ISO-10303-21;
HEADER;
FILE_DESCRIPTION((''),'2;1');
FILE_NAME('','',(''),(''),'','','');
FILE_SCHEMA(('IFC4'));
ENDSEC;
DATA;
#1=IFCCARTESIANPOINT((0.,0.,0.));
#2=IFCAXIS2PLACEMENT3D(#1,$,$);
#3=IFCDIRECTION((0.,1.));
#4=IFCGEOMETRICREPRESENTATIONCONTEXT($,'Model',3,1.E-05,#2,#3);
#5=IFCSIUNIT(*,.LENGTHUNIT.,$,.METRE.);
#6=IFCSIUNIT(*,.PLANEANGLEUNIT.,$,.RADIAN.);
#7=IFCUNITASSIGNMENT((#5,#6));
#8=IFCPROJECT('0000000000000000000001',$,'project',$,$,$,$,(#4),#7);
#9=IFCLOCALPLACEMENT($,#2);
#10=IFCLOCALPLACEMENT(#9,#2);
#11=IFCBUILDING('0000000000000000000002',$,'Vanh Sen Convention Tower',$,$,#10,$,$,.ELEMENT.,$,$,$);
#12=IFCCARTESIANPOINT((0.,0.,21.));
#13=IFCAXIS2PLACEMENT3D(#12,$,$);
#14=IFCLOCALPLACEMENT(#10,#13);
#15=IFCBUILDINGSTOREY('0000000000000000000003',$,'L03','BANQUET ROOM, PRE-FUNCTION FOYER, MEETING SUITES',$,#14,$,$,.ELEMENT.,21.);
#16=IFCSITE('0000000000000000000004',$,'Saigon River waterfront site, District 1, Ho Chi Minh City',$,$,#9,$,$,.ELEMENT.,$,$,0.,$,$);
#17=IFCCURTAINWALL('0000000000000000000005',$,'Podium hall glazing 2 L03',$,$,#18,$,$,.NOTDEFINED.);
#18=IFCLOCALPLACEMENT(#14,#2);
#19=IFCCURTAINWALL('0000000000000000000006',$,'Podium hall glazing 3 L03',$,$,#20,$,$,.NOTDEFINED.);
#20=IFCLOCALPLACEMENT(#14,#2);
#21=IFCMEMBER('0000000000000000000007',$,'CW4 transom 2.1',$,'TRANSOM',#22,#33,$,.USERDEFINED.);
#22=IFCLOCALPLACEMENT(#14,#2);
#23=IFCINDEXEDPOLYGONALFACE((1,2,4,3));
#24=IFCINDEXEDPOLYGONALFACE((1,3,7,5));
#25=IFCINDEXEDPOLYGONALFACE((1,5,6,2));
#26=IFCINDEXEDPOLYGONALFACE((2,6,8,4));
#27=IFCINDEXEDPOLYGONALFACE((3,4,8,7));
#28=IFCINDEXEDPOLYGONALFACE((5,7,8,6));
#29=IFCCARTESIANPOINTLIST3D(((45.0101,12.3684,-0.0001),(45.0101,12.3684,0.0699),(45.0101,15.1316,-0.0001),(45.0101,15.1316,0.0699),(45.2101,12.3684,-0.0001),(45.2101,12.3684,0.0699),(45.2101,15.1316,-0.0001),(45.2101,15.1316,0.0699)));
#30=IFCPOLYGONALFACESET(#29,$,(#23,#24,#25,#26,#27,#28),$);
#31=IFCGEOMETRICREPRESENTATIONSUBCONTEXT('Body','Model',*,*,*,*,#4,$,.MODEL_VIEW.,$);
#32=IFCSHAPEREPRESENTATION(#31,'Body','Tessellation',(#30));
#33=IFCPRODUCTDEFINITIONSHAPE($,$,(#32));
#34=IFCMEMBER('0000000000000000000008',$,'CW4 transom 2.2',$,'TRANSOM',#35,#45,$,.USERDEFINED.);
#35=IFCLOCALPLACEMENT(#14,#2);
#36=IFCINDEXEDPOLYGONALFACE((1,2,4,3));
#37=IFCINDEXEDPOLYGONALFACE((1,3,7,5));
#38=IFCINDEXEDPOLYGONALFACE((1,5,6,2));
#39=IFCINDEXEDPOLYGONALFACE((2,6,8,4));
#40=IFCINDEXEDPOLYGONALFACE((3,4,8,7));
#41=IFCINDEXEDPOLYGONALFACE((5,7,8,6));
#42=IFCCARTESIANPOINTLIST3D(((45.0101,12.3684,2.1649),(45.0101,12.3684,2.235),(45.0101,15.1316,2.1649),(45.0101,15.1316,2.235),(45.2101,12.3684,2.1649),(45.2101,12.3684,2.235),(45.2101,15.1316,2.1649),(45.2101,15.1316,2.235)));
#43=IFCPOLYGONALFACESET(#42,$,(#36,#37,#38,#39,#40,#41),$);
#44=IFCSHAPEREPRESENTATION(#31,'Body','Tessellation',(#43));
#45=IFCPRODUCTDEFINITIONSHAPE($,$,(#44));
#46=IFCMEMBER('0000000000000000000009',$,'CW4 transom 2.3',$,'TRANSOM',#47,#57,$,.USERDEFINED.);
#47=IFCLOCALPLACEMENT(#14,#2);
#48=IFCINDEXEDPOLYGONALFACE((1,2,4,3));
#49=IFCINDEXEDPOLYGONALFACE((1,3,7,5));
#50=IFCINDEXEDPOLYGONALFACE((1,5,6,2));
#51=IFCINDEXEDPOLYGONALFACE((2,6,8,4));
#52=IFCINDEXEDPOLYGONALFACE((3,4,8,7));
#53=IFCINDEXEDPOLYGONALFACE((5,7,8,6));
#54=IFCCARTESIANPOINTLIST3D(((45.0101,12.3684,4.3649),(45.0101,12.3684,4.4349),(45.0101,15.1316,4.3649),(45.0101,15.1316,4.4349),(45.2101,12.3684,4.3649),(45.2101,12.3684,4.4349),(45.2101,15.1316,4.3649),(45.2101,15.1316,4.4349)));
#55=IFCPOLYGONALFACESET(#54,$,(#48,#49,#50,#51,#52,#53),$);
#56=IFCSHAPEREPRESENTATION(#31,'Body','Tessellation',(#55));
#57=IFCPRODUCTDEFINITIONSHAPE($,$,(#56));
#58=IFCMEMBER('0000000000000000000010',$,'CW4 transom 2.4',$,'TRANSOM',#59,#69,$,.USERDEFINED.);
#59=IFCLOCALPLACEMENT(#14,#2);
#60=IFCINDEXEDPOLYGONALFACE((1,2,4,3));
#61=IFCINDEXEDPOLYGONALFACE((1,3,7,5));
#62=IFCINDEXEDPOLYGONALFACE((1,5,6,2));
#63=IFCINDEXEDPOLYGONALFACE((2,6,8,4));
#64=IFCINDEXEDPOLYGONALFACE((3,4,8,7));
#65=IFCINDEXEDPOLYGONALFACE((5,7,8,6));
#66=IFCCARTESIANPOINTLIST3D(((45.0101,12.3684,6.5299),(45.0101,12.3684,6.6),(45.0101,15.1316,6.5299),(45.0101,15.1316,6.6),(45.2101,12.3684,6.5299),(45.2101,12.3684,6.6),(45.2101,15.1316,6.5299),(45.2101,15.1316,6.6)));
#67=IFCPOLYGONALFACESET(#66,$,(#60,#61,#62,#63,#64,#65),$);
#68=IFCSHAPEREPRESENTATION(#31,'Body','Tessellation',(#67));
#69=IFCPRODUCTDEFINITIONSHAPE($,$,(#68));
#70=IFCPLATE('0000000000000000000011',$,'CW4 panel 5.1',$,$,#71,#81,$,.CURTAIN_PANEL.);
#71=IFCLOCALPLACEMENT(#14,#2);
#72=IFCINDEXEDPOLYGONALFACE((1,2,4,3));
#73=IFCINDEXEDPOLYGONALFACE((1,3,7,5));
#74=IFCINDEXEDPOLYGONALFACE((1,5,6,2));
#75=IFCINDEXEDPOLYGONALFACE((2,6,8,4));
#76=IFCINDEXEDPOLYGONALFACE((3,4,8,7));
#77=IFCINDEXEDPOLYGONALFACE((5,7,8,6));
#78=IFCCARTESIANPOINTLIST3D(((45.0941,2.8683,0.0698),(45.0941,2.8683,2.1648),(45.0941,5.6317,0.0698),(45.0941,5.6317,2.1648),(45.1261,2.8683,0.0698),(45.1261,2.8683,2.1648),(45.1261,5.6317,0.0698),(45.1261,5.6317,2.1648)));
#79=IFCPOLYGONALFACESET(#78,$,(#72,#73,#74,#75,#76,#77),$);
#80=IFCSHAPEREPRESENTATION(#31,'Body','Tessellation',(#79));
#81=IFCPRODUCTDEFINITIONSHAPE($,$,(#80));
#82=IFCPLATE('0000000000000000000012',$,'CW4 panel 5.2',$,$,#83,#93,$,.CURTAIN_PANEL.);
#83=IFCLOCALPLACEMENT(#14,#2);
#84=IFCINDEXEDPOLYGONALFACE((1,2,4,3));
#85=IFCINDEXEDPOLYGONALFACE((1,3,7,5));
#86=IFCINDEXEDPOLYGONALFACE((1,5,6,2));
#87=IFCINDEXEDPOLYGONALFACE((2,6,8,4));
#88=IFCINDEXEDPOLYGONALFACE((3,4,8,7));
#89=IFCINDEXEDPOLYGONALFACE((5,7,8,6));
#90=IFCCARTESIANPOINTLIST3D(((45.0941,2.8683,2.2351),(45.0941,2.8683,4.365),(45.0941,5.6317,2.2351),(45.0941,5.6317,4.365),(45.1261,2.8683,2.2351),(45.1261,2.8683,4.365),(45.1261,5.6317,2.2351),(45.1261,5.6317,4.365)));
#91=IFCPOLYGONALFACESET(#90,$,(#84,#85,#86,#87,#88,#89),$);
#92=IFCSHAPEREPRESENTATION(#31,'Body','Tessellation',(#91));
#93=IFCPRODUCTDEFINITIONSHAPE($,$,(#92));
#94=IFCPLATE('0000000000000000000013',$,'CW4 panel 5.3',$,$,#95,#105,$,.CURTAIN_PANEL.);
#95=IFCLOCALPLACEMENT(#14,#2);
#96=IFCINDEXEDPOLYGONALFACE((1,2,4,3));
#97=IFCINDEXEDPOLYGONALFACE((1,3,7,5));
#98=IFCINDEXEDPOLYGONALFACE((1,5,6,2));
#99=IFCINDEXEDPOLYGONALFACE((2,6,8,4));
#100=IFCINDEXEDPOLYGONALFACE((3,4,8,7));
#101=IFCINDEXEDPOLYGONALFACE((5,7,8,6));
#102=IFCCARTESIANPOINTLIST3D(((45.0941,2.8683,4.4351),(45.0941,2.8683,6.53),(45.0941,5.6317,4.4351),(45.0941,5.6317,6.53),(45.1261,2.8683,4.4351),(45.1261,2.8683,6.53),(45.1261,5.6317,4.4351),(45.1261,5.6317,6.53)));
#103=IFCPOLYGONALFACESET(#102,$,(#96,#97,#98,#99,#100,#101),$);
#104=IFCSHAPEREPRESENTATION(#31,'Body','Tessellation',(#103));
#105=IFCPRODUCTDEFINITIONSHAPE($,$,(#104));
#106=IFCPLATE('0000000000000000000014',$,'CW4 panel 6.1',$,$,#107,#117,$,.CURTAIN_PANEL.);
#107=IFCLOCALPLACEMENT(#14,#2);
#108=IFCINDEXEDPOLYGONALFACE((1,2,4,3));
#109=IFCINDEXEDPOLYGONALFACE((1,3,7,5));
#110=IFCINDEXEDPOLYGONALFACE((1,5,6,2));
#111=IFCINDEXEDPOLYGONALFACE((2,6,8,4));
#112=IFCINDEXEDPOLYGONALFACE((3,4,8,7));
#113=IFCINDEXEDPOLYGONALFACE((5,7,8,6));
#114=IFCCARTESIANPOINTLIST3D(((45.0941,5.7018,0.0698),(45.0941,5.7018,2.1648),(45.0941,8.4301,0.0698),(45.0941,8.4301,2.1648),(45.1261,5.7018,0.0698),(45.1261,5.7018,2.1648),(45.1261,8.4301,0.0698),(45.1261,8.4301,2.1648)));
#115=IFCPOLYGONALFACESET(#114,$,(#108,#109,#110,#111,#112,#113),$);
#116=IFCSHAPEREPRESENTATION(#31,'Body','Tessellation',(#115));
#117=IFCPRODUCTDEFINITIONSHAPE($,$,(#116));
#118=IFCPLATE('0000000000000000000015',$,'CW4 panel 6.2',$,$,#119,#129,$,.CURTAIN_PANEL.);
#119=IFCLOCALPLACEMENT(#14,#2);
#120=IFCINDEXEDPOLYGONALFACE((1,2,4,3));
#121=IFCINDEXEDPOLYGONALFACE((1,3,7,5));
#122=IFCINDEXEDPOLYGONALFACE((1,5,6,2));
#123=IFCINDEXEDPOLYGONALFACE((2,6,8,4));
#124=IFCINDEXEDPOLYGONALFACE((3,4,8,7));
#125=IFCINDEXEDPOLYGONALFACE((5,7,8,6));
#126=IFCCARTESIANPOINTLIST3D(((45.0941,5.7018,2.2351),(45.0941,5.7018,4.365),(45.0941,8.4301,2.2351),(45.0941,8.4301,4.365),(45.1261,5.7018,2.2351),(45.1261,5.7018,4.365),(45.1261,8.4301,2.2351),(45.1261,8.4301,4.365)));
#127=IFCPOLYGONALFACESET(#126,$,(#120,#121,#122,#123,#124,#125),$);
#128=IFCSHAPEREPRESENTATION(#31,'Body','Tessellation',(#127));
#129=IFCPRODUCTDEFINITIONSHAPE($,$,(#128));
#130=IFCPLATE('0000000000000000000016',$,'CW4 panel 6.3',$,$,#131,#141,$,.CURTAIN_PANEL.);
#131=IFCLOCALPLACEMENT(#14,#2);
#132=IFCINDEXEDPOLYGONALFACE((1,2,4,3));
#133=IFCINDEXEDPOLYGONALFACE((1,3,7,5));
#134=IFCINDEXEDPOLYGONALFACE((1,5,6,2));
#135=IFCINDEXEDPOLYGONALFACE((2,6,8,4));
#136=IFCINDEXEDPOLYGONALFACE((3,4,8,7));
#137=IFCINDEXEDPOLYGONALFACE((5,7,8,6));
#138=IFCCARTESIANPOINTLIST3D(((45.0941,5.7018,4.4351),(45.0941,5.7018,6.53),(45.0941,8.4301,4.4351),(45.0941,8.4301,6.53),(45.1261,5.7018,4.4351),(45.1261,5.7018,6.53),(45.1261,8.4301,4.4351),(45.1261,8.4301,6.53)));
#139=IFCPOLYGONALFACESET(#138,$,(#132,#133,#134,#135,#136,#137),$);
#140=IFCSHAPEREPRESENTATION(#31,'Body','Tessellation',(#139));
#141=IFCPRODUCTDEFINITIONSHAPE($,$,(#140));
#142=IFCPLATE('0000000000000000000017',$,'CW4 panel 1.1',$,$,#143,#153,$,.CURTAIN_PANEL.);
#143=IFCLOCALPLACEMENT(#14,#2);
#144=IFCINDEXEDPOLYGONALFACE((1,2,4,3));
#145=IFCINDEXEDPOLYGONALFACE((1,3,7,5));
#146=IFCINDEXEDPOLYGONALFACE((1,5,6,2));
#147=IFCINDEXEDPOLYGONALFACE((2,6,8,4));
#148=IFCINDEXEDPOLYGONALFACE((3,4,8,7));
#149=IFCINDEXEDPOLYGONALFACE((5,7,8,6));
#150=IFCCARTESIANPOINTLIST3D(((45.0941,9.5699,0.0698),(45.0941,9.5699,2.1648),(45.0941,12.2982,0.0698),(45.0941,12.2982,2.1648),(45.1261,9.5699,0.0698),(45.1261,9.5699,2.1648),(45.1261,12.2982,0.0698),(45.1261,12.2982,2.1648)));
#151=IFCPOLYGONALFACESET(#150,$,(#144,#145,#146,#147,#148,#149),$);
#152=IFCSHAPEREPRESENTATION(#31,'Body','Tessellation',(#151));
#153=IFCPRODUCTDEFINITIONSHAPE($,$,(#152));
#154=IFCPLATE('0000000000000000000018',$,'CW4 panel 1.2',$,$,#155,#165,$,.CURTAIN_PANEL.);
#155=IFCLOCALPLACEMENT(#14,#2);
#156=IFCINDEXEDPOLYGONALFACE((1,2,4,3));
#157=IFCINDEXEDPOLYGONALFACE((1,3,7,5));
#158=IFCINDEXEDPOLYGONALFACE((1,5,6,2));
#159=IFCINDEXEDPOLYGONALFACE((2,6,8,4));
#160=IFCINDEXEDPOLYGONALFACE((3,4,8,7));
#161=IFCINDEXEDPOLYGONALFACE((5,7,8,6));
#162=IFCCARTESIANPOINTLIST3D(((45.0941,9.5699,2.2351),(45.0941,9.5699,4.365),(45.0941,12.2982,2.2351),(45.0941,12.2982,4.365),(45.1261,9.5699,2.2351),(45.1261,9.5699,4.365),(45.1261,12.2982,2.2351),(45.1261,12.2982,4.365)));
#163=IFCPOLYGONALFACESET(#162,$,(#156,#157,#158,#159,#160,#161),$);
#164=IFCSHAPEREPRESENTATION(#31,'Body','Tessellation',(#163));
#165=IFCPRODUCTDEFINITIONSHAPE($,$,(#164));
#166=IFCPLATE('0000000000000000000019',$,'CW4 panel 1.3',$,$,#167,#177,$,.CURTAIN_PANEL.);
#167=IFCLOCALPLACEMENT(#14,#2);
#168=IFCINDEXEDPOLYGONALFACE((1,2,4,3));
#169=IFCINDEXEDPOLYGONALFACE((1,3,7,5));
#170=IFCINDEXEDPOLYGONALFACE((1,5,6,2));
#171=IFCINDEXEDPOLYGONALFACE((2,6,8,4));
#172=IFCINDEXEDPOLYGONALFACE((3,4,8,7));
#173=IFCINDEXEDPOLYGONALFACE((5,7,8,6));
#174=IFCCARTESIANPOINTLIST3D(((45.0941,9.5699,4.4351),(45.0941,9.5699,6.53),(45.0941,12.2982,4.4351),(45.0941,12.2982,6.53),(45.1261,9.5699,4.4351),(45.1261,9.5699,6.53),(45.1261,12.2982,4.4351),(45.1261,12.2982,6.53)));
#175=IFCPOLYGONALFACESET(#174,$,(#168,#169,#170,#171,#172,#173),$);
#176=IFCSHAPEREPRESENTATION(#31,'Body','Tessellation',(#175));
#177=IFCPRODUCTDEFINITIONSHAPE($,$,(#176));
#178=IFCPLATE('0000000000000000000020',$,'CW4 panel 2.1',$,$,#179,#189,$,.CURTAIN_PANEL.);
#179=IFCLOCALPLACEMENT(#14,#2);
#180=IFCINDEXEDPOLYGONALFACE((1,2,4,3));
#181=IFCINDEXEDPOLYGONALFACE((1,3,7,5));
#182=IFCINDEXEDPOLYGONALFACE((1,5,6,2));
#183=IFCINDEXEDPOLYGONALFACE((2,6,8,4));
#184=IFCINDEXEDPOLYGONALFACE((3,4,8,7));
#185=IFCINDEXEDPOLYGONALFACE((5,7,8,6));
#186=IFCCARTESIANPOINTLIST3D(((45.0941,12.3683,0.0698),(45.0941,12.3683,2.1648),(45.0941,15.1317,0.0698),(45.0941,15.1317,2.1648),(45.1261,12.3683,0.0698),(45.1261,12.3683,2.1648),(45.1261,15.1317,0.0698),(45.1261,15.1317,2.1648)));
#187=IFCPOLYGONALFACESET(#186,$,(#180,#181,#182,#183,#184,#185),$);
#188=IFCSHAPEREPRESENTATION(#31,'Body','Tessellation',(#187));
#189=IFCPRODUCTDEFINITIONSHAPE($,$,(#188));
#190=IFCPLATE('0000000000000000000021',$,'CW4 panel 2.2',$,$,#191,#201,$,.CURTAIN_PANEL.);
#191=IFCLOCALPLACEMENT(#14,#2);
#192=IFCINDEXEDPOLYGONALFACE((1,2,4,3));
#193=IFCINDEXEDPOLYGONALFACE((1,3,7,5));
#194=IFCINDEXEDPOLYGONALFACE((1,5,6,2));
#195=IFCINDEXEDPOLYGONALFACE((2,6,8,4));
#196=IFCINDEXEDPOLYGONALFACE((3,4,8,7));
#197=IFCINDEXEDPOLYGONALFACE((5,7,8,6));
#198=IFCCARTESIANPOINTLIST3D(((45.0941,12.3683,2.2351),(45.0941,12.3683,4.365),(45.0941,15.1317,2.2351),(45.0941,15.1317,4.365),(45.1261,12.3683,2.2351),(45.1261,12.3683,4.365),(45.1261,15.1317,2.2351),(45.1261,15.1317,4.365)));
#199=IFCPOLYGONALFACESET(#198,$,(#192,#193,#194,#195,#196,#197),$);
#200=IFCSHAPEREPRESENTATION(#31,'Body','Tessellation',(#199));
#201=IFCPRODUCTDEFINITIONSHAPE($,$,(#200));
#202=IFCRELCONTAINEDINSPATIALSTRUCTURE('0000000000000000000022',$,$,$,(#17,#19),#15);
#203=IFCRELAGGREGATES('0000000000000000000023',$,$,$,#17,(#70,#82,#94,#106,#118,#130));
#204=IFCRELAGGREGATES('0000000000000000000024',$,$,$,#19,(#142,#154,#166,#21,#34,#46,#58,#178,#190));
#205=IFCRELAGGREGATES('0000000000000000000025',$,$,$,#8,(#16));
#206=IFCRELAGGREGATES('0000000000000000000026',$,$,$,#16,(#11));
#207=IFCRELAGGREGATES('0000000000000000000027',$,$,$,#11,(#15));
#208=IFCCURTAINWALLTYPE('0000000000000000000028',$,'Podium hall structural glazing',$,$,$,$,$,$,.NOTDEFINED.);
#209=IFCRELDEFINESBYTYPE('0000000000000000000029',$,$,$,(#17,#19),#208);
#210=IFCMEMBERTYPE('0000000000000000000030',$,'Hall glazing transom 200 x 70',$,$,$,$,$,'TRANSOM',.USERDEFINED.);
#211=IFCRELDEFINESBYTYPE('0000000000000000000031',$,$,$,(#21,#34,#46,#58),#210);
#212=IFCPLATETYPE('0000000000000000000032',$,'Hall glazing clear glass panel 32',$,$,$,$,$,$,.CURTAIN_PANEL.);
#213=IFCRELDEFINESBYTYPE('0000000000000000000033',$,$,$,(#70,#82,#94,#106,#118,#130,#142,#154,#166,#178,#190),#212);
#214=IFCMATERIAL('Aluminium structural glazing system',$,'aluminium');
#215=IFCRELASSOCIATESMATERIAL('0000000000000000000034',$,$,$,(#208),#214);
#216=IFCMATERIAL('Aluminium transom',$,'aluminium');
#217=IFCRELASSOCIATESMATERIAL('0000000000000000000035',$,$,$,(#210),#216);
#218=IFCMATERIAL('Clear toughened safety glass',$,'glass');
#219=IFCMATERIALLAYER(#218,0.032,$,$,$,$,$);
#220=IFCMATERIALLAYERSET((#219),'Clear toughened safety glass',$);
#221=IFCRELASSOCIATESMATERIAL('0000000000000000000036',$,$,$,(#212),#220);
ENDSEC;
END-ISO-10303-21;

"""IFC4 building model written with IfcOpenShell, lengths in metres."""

from ifc_helpers import new_model, si_unit, direction, frame, origin, origin_2d, place, context, subcontext, project, spatial, rectangle, extrude, material, layer, layer_set, material_profile, profile_set, type_object, element, aggregate, save


model = new_model("IFC4")

# Units and contexts
model_context = context("Model", 3, precision=1e-05, world=origin(), true_north=direction((0.0, 1.0)))
body_context = subcontext(model_context, "Body", "Model", "MODEL_VIEW")
ifc_project = project(units=[si_unit("LENGTHUNIT", "METRE"), si_unit("PLANEANGLEUNIT", "RADIAN")], contexts=[model_context])

# Site, building, storey
site_placement = place(None, origin())
site = spatial("IfcSite", under=ifc_project, at=site_placement, Name="Saigon River waterfront site, District 1, Ho Chi Minh City", CompositionType="ELEMENT", RefElevation=0.0)
building_placement = place(site_placement, origin())
building = spatial("IfcBuilding", under=site, at=building_placement, Name="Vanh Sen Convention Tower", CompositionType="ELEMENT")
storey_placement = place(building_placement, frame((0.0, 0.0, 21.0)))
storey = spatial("IfcBuildingStorey", under=building, at=storey_placement, Name="L03", Description="BANQUET ROOM, PRE-FUNCTION FOYER, MEETING SUITES", CompositionType="ELEMENT", Elevation=21.0)

# Curtain walls
ifc_material_1 = material(Name="Aluminium structural glazing system", Category="aluminium")
curtain_wall_type = type_object("IfcCurtainWallType", Name="Podium hall structural glazing", PredefinedType="NOTDEFINED", material=ifc_material_1)
curtain_wall_1_placement = place(storey_placement, origin())
curtain_wall_1 = element("IfcCurtainWall", 1, at=curtain_wall_1_placement, inside=storey, type_object=curtain_wall_type, Name="Podium hall glazing 2 L03", PredefinedType="NOTDEFINED")
curtain_wall_2_placement = place(storey_placement, origin())
curtain_wall_2 = element("IfcCurtainWall", 2, at=curtain_wall_2_placement, inside=storey, type_object=curtain_wall_type, Name="Podium hall glazing 3 L03", PredefinedType="NOTDEFINED")

# Members
ifc_material_2 = material(Name="Aluminium transom", Category="aluminium")
ifc_material_profile_1 = material_profile(ifc_material_2, rectangle(XDim=0.2, YDim=0.0701, at=origin_2d()), Name="Hall glazing transom 200 x 70")
ifc_profile_set_1 = profile_set([ifc_material_profile_1], Name="Aluminium transom")
member_type_1 = type_object("IfcMemberType", Name="Hall glazing transom 200 x 70", ElementType="TRANSOM", PredefinedType="USERDEFINED", material=ifc_profile_set_1)
member_1_placement = place(storey_placement, frame((45.1101, 12.3684, 0.0349), z_axis=(0.0, 1.0, 0.0), x_axis=(-1.0, 0.0, 0.0)))
member_1 = element("IfcMember", 3, at=member_1_placement, type_object=member_type_1, Name="CW4 transom 2.1", ObjectType="TRANSOM", PredefinedType="USERDEFINED", context=body_context, shape_type="SweptSolid", body=[
    extrude(rectangle(XDim=0.2, YDim=0.0701, at=origin_2d()), origin(), (0.0, 0.0, 1.0), 2.7632),
])
member_2_placement = place(storey_placement, frame((45.1101, 12.3684, 2.2), z_axis=(0.0, 1.0, 0.0), x_axis=(-1.0, 0.0, 0.0)))
member_2 = element("IfcMember", 4, at=member_2_placement, type_object=member_type_1, Name="CW4 transom 2.2", ObjectType="TRANSOM", PredefinedType="USERDEFINED", context=body_context, shape_type="SweptSolid", body=[
    extrude(rectangle(XDim=0.2, YDim=0.0701, at=origin_2d()), origin(), (0.0, 0.0, 1.0), 2.7632),
])
member_3_placement = place(storey_placement, frame((45.1101, 12.3684, 4.3999), z_axis=(0.0, 1.0, 0.0), x_axis=(-1.0, 0.0, 0.0)))
member_3 = element("IfcMember", 5, at=member_3_placement, type_object=member_type_1, Name="CW4 transom 2.3", ObjectType="TRANSOM", PredefinedType="USERDEFINED", context=body_context, shape_type="SweptSolid", body=[
    extrude(rectangle(XDim=0.2, YDim=0.0701, at=origin_2d()), origin(), (0.0, 0.0, 1.0), 2.7632),
])
member_4_placement = place(storey_placement, frame((45.1101, 12.3684, 6.5649), z_axis=(0.0, 1.0, 0.0), x_axis=(-1.0, 0.0, 0.0)))
member_4 = element("IfcMember", 6, at=member_4_placement, type_object=member_type_1, Name="CW4 transom 2.4", ObjectType="TRANSOM", PredefinedType="USERDEFINED", context=body_context, shape_type="SweptSolid", body=[
    extrude(rectangle(XDim=0.2, YDim=0.0701, at=origin_2d()), origin(), (0.0, 0.0, 1.0), 2.7632),
])

# Plates
ifc_material_3 = material(Name="Clear toughened safety glass", Category="glass")
ifc_layer = layer(ifc_material_3, 0.032)
ifc_layer_set = layer_set([ifc_layer], Name="Clear toughened safety glass")
plate_type = type_object("IfcPlateType", Name="Hall glazing clear glass panel 32", PredefinedType="CURTAIN_PANEL", material=ifc_layer_set)
plate_1_placement = place(storey_placement, frame((45.1101, 4.25, 0.0698), z_axis=(0.0, 0.0, 1.0), x_axis=(0.0, 1.0, 0.0)))
plate_1 = element("IfcPlate", 7, at=plate_1_placement, type_object=plate_type, Name="CW4 panel 5.1", PredefinedType="CURTAIN_PANEL", context=body_context, shape_type="SweptSolid", body=[
    extrude(rectangle(XDim=2.7634, YDim=0.032, at=origin_2d()), origin(), (0.0, 0.0, 1.0), 2.095),
])
plate_2_placement = place(storey_placement, frame((45.1101, 4.25, 2.2351), z_axis=(0.0, 0.0, 1.0), x_axis=(0.0, 1.0, 0.0)))
plate_2 = element("IfcPlate", 8, at=plate_2_placement, type_object=plate_type, Name="CW4 panel 5.2", PredefinedType="CURTAIN_PANEL", context=body_context, shape_type="SweptSolid", body=[
    extrude(rectangle(XDim=2.7634, YDim=0.032, at=origin_2d()), origin(), (0.0, 0.0, 1.0), 2.1299),
])
plate_3_placement = place(storey_placement, frame((45.1101, 4.25, 4.4351), z_axis=(0.0, 0.0, 1.0), x_axis=(0.0, 1.0, 0.0)))
plate_3 = element("IfcPlate", 9, at=plate_3_placement, type_object=plate_type, Name="CW4 panel 5.3", PredefinedType="CURTAIN_PANEL", context=body_context, shape_type="SweptSolid", body=[
    extrude(rectangle(XDim=2.7634, YDim=0.032, at=origin_2d()), origin(), (0.0, 0.0, 1.0), 2.095),
])
plate_4_placement = place(storey_placement, frame((45.1101, 7.0659, 0.0698), z_axis=(0.0, 0.0, 1.0), x_axis=(0.0, 1.0, 0.0)))
plate_4 = element("IfcPlate", 10, at=plate_4_placement, type_object=plate_type, Name="CW4 panel 6.1", PredefinedType="CURTAIN_PANEL", context=body_context, shape_type="SweptSolid", body=[
    extrude(rectangle(XDim=2.7283, YDim=0.032, at=origin_2d()), origin(), (0.0, 0.0, 1.0), 2.095),
])
plate_5_placement = place(storey_placement, frame((45.1101, 7.0659, 2.2351), z_axis=(0.0, 0.0, 1.0), x_axis=(0.0, 1.0, 0.0)))
plate_5 = element("IfcPlate", 11, at=plate_5_placement, type_object=plate_type, Name="CW4 panel 6.2", PredefinedType="CURTAIN_PANEL", context=body_context, shape_type="SweptSolid", body=[
    extrude(rectangle(XDim=2.7283, YDim=0.032, at=origin_2d()), origin(), (0.0, 0.0, 1.0), 2.1299),
])
plate_6_placement = place(storey_placement, frame((45.1101, 7.0659, 4.4351), z_axis=(0.0, 0.0, 1.0), x_axis=(0.0, 1.0, 0.0)))
plate_6 = element("IfcPlate", 12, at=plate_6_placement, type_object=plate_type, Name="CW4 panel 6.3", PredefinedType="CURTAIN_PANEL", context=body_context, shape_type="SweptSolid", body=[
    extrude(rectangle(XDim=2.7283, YDim=0.032, at=origin_2d()), origin(), (0.0, 0.0, 1.0), 2.095),
])
aggregate(curtain_wall_1, [plate_1, plate_2, plate_3, plate_4, plate_5, plate_6])
plate_7_placement = place(storey_placement, frame((45.1101, 10.9341, 0.0698), z_axis=(0.0, 0.0, 1.0), x_axis=(0.0, 1.0, 0.0)))
plate_7 = element("IfcPlate", 13, at=plate_7_placement, type_object=plate_type, Name="CW4 panel 1.1", PredefinedType="CURTAIN_PANEL", context=body_context, shape_type="SweptSolid", body=[
    extrude(rectangle(XDim=2.7283, YDim=0.032, at=origin_2d()), origin(), (0.0, 0.0, 1.0), 2.095),
])
plate_8_placement = place(storey_placement, frame((45.1101, 10.9341, 2.2351), z_axis=(0.0, 0.0, 1.0), x_axis=(0.0, 1.0, 0.0)))
plate_8 = element("IfcPlate", 14, at=plate_8_placement, type_object=plate_type, Name="CW4 panel 1.2", PredefinedType="CURTAIN_PANEL", context=body_context, shape_type="SweptSolid", body=[
    extrude(rectangle(XDim=2.7283, YDim=0.032, at=origin_2d()), origin(), (0.0, 0.0, 1.0), 2.1299),
])
plate_9_placement = place(storey_placement, frame((45.1101, 10.9341, 4.4351), z_axis=(0.0, 0.0, 1.0), x_axis=(0.0, 1.0, 0.0)))
plate_9 = element("IfcPlate", 15, at=plate_9_placement, type_object=plate_type, Name="CW4 panel 1.3", PredefinedType="CURTAIN_PANEL", context=body_context, shape_type="SweptSolid", body=[
    extrude(rectangle(XDim=2.7283, YDim=0.032, at=origin_2d()), origin(), (0.0, 0.0, 1.0), 2.095),
])
plate_10_placement = place(storey_placement, frame((45.1101, 13.75, 0.0698), z_axis=(0.0, 0.0, 1.0), x_axis=(0.0, 1.0, 0.0)))
plate_10 = element("IfcPlate", 16, at=plate_10_placement, type_object=plate_type, Name="CW4 panel 2.1", PredefinedType="CURTAIN_PANEL", context=body_context, shape_type="SweptSolid", body=[
    extrude(rectangle(XDim=2.7634, YDim=0.032, at=origin_2d()), origin(), (0.0, 0.0, 1.0), 2.095),
])
plate_11_placement = place(storey_placement, frame((45.1101, 13.75, 2.2351), z_axis=(0.0, 0.0, 1.0), x_axis=(0.0, 1.0, 0.0)))
plate_11 = element("IfcPlate", 17, at=plate_11_placement, type_object=plate_type, Name="CW4 panel 2.2", PredefinedType="CURTAIN_PANEL", context=body_context, shape_type="SweptSolid", body=[
    extrude(rectangle(XDim=2.7634, YDim=0.032, at=origin_2d()), origin(), (0.0, 0.0, 1.0), 2.1299),
])
aggregate(curtain_wall_2, [plate_7, plate_8, plate_9, member_1, member_2, member_3, member_4, plate_10, plate_11])

save(model, "model.ifc")
